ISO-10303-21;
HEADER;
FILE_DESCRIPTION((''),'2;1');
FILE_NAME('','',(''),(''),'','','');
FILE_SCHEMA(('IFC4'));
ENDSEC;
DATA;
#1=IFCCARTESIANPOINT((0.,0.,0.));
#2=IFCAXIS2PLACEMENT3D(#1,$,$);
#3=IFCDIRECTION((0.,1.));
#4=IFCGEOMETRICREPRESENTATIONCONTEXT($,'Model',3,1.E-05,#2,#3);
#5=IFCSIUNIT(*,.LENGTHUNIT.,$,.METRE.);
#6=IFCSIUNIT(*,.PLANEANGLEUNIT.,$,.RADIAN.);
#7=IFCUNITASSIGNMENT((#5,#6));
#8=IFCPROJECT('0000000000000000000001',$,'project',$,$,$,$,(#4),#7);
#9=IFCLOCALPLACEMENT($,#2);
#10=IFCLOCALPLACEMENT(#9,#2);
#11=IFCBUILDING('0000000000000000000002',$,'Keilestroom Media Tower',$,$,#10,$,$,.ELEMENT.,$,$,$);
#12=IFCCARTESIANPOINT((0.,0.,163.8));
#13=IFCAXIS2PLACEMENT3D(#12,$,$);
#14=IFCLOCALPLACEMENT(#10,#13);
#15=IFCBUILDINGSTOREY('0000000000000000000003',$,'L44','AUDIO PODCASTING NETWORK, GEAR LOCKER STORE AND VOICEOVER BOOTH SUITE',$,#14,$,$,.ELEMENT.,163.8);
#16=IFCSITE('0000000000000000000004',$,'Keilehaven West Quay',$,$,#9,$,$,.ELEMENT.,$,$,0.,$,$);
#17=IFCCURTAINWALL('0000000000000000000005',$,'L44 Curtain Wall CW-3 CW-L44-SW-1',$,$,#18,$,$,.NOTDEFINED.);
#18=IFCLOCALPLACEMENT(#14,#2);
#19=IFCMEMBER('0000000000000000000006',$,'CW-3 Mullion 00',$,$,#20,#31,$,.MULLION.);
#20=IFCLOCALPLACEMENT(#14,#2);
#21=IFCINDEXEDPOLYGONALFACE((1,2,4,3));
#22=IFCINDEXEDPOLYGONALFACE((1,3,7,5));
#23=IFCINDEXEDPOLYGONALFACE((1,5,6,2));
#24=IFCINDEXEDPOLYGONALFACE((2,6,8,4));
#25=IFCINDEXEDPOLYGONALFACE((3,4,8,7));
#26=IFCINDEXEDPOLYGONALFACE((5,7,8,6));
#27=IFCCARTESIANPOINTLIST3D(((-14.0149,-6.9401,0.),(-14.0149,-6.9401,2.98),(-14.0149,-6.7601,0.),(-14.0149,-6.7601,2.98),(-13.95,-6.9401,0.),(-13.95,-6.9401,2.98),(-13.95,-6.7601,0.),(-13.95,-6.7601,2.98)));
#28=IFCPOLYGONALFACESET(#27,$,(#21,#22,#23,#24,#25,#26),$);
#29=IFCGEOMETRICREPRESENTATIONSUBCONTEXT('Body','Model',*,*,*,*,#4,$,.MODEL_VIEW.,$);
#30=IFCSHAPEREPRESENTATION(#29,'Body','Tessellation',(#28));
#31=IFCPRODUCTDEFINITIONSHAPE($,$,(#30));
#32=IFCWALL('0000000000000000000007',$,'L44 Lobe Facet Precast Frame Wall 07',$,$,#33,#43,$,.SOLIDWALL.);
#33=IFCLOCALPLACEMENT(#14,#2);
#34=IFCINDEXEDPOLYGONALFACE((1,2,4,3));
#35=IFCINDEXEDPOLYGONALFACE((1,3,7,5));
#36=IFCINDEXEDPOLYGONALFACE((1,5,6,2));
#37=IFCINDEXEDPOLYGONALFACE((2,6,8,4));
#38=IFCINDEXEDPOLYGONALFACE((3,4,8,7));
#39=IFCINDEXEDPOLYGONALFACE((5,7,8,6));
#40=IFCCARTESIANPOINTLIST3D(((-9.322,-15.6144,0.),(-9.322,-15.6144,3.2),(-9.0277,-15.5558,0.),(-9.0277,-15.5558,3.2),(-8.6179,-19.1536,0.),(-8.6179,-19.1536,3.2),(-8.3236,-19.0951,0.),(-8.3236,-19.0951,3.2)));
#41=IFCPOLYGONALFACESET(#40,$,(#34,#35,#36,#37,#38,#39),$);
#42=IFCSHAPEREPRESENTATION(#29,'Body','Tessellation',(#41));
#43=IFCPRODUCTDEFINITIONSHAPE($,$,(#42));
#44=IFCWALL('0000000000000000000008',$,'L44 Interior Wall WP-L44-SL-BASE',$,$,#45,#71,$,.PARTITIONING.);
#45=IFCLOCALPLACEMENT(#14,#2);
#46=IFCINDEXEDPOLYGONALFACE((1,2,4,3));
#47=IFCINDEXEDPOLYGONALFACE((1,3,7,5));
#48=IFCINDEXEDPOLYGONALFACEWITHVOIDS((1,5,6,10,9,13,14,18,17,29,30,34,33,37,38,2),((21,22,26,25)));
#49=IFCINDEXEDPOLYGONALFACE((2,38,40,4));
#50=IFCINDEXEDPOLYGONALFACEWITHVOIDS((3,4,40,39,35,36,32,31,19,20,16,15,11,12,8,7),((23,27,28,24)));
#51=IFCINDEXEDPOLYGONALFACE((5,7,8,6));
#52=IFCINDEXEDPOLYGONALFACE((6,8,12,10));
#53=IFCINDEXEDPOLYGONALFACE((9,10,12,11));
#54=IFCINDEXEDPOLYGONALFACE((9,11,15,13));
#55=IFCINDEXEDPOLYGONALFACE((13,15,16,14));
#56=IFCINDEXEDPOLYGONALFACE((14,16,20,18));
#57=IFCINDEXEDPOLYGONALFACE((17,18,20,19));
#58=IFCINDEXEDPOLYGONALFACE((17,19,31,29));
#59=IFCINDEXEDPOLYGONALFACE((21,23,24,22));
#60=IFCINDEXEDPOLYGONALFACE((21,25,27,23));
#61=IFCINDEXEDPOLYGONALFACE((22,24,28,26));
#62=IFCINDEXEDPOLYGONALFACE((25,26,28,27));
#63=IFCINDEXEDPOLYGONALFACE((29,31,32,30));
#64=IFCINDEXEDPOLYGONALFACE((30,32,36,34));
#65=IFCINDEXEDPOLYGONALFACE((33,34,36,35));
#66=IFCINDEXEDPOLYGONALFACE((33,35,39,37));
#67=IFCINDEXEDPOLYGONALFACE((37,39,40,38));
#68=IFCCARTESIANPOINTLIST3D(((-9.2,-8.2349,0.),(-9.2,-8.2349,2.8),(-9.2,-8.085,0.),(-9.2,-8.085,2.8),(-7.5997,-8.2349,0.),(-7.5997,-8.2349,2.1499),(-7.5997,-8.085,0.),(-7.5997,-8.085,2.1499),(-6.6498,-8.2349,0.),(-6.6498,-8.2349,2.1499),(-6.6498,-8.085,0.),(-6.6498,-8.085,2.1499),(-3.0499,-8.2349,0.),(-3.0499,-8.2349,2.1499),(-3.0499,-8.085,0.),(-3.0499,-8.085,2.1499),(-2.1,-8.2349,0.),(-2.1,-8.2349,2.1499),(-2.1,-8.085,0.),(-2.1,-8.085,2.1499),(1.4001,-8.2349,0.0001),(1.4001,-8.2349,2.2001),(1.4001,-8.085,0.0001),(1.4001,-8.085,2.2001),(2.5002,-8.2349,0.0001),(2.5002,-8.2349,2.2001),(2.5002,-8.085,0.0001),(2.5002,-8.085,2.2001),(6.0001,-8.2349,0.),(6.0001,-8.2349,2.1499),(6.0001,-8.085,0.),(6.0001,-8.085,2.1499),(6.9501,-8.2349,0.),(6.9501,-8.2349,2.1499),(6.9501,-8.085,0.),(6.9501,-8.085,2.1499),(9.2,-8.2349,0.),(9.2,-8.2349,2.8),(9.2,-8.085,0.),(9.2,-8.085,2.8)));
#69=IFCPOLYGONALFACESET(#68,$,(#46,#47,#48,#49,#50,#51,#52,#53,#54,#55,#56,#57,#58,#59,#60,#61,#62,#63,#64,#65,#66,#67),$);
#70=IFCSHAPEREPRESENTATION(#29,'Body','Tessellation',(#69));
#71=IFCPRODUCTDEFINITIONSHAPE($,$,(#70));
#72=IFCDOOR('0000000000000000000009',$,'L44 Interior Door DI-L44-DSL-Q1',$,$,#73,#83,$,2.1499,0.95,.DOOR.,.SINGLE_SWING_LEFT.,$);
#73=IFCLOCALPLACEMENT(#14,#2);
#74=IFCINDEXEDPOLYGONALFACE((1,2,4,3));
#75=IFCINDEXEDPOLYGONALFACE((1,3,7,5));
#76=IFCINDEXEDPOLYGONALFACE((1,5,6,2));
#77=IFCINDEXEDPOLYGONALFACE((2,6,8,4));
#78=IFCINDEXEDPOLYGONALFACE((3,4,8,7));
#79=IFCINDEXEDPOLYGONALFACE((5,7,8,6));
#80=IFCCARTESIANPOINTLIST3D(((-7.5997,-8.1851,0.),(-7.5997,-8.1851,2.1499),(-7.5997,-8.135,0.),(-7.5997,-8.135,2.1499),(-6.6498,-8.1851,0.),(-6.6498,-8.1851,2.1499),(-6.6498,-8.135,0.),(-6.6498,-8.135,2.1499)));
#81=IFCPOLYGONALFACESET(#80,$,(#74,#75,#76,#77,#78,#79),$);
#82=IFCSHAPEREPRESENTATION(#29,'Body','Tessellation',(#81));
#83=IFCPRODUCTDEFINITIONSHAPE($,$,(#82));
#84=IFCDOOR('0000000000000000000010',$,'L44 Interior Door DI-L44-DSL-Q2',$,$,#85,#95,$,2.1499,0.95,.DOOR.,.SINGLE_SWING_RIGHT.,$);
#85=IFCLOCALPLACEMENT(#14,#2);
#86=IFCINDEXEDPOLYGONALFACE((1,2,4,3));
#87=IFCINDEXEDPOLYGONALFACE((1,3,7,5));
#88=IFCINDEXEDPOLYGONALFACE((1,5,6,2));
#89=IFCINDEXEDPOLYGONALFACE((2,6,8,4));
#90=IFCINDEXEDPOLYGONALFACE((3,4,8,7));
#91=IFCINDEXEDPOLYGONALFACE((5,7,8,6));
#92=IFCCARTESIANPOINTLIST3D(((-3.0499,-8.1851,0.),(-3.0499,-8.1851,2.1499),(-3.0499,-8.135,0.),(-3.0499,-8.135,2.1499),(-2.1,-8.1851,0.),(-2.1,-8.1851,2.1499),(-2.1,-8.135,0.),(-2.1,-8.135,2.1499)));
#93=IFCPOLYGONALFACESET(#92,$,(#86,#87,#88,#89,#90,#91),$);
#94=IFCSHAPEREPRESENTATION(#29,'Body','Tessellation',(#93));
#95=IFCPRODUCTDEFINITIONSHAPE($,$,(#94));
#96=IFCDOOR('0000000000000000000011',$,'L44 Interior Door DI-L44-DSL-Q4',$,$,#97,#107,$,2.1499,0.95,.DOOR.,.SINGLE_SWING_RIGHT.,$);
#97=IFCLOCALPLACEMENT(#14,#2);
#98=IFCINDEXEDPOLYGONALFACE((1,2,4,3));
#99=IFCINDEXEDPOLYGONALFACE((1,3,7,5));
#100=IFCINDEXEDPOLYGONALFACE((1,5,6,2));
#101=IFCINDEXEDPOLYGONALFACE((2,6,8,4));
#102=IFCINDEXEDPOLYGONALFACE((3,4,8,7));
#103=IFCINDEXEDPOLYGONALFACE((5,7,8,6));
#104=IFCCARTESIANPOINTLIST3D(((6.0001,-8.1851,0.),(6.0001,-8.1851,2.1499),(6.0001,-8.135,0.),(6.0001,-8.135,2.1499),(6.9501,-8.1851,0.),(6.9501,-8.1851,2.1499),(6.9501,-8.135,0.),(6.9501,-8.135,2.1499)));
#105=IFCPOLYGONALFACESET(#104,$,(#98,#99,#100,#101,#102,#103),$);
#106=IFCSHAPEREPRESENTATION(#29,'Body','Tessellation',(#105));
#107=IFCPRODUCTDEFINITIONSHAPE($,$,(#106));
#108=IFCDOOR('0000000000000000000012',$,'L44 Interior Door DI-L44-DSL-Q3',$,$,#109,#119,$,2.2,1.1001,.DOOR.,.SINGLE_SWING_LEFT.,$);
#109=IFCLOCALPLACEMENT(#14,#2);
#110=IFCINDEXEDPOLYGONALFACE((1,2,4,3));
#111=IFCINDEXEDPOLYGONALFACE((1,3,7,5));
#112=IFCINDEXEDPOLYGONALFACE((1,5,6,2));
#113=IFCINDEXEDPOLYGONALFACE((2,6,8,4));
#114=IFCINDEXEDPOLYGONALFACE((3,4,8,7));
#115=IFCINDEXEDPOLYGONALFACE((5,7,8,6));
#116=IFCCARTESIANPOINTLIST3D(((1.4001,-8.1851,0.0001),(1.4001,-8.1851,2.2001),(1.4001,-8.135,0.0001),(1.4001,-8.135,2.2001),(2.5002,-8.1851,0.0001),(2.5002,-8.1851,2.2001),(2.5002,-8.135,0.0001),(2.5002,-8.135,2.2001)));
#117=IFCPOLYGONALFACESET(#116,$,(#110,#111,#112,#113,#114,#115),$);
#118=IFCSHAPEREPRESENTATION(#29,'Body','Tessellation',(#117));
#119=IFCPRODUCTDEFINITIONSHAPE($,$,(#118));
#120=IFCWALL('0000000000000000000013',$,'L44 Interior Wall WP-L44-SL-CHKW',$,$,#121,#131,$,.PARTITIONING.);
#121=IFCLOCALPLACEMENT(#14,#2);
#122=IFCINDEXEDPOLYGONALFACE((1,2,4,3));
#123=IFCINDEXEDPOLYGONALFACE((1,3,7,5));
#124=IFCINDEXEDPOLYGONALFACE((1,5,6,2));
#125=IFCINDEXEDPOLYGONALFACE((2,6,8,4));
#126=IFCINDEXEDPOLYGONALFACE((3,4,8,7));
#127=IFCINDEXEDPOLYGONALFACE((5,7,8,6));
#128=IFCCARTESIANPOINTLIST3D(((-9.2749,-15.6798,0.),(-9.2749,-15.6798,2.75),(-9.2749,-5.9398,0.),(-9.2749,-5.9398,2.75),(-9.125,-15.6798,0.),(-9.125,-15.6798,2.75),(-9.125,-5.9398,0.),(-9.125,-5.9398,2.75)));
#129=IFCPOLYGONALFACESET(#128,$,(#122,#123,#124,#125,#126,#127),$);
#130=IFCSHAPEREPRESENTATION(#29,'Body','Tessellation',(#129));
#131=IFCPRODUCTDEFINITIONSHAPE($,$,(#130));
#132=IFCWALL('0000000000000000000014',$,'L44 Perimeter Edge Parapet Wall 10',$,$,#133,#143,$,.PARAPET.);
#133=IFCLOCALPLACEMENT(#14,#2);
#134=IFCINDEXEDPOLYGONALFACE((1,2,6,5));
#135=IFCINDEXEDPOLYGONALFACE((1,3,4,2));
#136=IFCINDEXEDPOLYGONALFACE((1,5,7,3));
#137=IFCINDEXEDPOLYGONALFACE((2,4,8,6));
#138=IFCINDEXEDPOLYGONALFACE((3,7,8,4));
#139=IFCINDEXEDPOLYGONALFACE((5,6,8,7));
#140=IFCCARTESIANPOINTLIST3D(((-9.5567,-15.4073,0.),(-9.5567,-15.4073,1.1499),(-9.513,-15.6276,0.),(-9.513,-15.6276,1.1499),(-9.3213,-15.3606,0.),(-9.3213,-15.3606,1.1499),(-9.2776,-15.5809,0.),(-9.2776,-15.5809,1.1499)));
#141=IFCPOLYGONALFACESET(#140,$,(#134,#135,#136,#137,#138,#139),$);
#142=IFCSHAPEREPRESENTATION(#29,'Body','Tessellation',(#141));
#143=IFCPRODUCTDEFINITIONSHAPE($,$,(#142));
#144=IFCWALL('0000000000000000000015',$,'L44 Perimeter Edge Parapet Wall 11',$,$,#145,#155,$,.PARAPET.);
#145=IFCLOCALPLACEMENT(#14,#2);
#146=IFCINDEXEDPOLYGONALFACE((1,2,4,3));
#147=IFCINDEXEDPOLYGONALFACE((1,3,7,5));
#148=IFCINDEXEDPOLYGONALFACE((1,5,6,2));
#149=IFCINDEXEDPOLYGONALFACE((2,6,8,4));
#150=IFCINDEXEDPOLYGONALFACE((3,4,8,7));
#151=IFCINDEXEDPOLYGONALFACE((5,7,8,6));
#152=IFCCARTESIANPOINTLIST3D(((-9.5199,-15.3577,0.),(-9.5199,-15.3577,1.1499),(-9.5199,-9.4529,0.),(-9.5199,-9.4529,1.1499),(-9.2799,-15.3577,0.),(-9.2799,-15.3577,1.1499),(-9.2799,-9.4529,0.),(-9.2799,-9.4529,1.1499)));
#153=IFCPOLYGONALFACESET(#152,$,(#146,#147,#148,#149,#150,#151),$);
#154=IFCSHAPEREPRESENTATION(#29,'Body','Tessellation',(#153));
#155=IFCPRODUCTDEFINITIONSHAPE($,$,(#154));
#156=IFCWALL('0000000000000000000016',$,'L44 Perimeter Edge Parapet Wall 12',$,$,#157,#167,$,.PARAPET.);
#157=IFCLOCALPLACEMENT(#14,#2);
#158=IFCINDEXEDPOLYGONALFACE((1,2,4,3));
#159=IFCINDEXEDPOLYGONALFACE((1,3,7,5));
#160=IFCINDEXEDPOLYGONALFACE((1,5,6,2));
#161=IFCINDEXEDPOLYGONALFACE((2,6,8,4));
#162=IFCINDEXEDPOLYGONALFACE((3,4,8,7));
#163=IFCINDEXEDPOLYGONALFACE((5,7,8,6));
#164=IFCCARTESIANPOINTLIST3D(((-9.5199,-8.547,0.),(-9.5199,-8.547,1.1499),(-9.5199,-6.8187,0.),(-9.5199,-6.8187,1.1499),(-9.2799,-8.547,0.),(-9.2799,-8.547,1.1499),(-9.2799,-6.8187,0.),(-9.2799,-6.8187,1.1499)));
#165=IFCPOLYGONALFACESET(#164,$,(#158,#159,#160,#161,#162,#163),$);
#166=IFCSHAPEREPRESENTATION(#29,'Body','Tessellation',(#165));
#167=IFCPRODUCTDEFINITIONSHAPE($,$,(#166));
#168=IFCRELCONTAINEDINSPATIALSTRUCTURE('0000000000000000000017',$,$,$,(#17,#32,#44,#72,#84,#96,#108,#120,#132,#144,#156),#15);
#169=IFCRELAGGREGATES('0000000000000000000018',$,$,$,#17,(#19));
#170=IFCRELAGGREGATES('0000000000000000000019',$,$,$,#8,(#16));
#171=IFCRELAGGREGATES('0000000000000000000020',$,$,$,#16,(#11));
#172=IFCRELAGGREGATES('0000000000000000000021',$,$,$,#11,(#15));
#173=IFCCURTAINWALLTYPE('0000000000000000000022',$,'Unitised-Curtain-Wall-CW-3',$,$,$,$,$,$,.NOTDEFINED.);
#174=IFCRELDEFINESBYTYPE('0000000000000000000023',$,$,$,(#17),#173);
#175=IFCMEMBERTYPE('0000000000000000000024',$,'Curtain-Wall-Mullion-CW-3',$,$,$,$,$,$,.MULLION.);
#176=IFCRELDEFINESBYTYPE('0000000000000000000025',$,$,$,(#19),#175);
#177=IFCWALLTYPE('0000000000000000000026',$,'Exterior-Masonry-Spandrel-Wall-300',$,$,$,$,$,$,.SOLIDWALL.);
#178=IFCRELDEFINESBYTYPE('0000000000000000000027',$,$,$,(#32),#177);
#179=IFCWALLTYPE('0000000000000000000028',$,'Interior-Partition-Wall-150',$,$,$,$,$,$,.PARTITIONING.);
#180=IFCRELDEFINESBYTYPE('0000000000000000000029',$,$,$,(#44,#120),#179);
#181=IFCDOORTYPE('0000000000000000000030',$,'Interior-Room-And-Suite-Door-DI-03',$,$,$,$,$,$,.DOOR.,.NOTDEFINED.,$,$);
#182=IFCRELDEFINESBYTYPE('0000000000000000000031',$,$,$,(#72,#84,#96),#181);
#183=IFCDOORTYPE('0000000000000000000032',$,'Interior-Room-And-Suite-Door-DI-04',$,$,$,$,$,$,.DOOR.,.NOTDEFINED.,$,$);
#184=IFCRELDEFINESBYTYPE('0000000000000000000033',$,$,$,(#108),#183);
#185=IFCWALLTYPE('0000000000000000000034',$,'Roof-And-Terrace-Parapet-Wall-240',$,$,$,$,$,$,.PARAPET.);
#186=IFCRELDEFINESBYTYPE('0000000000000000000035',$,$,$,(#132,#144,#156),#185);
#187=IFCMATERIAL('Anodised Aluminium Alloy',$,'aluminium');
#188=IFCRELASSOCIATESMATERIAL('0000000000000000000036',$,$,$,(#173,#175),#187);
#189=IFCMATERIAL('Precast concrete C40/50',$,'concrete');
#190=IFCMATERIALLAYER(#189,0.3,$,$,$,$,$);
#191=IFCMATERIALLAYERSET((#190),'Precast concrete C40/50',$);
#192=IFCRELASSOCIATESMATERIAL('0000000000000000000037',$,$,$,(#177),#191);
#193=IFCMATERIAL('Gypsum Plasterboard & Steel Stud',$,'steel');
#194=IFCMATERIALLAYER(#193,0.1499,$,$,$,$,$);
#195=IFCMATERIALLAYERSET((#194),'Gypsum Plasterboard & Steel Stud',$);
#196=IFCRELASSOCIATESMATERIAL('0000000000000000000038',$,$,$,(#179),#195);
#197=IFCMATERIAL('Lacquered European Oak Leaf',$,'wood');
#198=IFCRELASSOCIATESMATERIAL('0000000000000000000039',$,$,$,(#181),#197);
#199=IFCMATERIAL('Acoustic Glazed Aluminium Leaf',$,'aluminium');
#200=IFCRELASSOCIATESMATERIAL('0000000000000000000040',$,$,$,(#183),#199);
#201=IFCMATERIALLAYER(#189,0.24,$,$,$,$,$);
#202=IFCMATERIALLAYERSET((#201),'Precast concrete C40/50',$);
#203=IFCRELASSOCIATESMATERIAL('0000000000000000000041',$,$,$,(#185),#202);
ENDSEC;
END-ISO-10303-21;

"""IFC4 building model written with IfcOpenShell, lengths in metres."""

from ifc_helpers import new_model, si_unit, direction, frame, frame_2d, origin, origin_2d, place, context, subcontext, project, spatial, rectangle, extrude, source, transform, mapped, material, layer, layer_set, material_profile, profile_set, type_object, element, fill, aggregate, save


model = new_model("IFC4")

# Units and contexts
model_context = context("Model", 3, precision=1e-05, world=origin(), true_north=direction((0.0, 1.0)))
body_context = subcontext(model_context, "Body", "Model", "MODEL_VIEW")
ifc_project = project(units=[si_unit("LENGTHUNIT", "METRE"), si_unit("PLANEANGLEUNIT", "RADIAN")], contexts=[model_context])

# Site, building, storey
site_placement = place(None, origin())
site = spatial("IfcSite", under=ifc_project, at=site_placement, Name="Keilehaven West Quay", CompositionType="ELEMENT", RefElevation=0.0)
building_placement = place(site_placement, origin())
building = spatial("IfcBuilding", under=site, at=building_placement, Name="Keilestroom Media Tower", CompositionType="ELEMENT")
storey_placement = place(building_placement, frame((0.0, 0.0, 163.8)))
storey = spatial("IfcBuildingStorey", under=building, at=storey_placement, Name="L44", Description="AUDIO PODCASTING NETWORK, GEAR LOCKER STORE AND VOICEOVER BOOTH SUITE", CompositionType="ELEMENT", Elevation=163.8)

# Shared definitions
ifc_material_1 = material(Name="Precast concrete C40/50", Category="concrete")

# Curtain wall, member
ifc_material_2 = material(Name="Anodised Aluminium Alloy", Category="aluminium")
curtain_wall_type = type_object("IfcCurtainWallType", Name="Unitised-Curtain-Wall-CW-3", PredefinedType="NOTDEFINED", material=ifc_material_2)
curtain_wall_placement = place(storey_placement, origin())
curtain_wall = element("IfcCurtainWall", 1, at=curtain_wall_placement, inside=storey, type_object=curtain_wall_type, Name="L44 Curtain Wall CW-3 CW-L44-SW-1", PredefinedType="NOTDEFINED")
ifc_material_profile_1 = material_profile(ifc_material_2, rectangle(XDim=0.0649, YDim=0.1799, at=origin_2d()), Name="ALU MULLION 65x180")
ifc_profile_set_1 = profile_set([ifc_material_profile_1], Name="Anodised Aluminium Alloy")
member_type = type_object("IfcMemberType", Name="Curtain-Wall-Mullion-CW-3", PredefinedType="MULLION", material=ifc_profile_set_1)
shared_shape_1 = source(origin(), body_context, "Body", "SweptSolid", [
    extrude(rectangle(XDim=0.0649, YDim=0.1799, at=origin_2d()), origin(), (0.0, 0.0, 1.0), 2.98),
])
member_placement = place(storey_placement, frame((-13.9824, -6.8501, 0.0), z_axis=(0.0, 0.0, 1.0), x_axis=(1.0, 0.0, 0.0)))
member = element("IfcMember", 2, at=member_placement, type_object=member_type, Name="CW-3 Mullion 00", PredefinedType="MULLION", context=body_context, shape_type="MappedRepresentation", body=[
    mapped(shared_shape_1, transform((0.0, 0.0, 0.0), x_axis=(1.0, 0.0, 0.0), y_axis=(0.0, 1.0, 0.0), z_axis=(0.0, 0.0, 1.0), scale=1.0)),
])
aggregate(curtain_wall, [member])

# Wall
ifc_layer_1 = layer(ifc_material_1, 0.3)
ifc_layer_set_1 = layer_set([ifc_layer_1], Name="Precast concrete C40/50")
wall_type_1 = type_object("IfcWallType", Name="Exterior-Masonry-Spandrel-Wall-300", PredefinedType="SOLIDWALL", material=ifc_layer_set_1)
wall_1_placement = place(storey_placement, frame((-9.1748, -15.5852, 0.0), z_axis=(0.0, 0.0, 1.0), x_axis=(0.195114, -0.980781, 0.0)))
element("IfcWall", 3, at=wall_1_placement, inside=storey, type_object=wall_type_1, Name="L44 Lobe Facet Precast Frame Wall 07", PredefinedType="SOLIDWALL", context=body_context, shape_type="SweptSolid", body=[
    extrude(rectangle(XDim=3.6086, YDim=0.3, at=frame_2d((1.8042, 0.0))), origin(), (0.0, 0.0, 1.0), 3.2),
])

# Wall, openings, doors
ifc_material_3 = material(Name="Gypsum Plasterboard & Steel Stud", Category="steel")
ifc_layer_2 = layer(ifc_material_3, 0.1499)
ifc_layer_set_2 = layer_set([ifc_layer_2], Name="Gypsum Plasterboard & Steel Stud")
wall_type_2 = type_object("IfcWallType", Name="Interior-Partition-Wall-150", PredefinedType="PARTITIONING", material=ifc_layer_set_2)
wall_2_placement = place(storey_placement, frame((-9.2, -8.1599, 0.0), z_axis=(0.0, 0.0, 1.0), x_axis=(1.0, 0.0, 0.0)))
wall_2 = element("IfcWall", 4, at=wall_2_placement, inside=storey, type_object=wall_type_2, Name="L44 Interior Wall WP-L44-SL-BASE", PredefinedType="PARTITIONING", context=body_context, shape_type="SweptSolid", body=[
    extrude(rectangle(XDim=18.3999, YDim=0.1499, at=frame_2d((9.2, 0.0))), origin(), (0.0, 0.0, 1.0), 2.8),
])
opening_1_placement = place(wall_2_placement, frame((1.6001, 0.0, 0.0)))
opening_1 = element("IfcOpeningElement", 5, at=opening_1_placement, cuts=wall_2, PredefinedType="OPENING", context=body_context, shape_type="SweptSolid", body=[
    extrude(rectangle(XDim=0.95, YDim=2.1499, at=frame_2d((0.4751, 1.075))), frame((0.0, 0.085, 0.0), z_axis=(0.0, -1.0, 0.0), x_axis=(1.0, 0.0, 0.0)), (0.0, 0.0, 1.0), 0.1699),
])
opening_2_placement = place(wall_2_placement, frame((6.1499, 0.0, 0.0)))
opening_2 = element("IfcOpeningElement", 6, at=opening_2_placement, cuts=wall_2, PredefinedType="OPENING", context=body_context, shape_type="SweptSolid", body=[
    extrude(rectangle(XDim=0.95, YDim=2.1499, at=frame_2d((0.4751, 1.075))), frame((0.0, 0.085, 0.0), z_axis=(0.0, -1.0, 0.0), x_axis=(1.0, 0.0, 0.0)), (0.0, 0.0, 1.0), 0.1699),
])
opening_3_placement = place(wall_2_placement, frame((10.6001, 0.0, 0.0)))
opening_3 = element("IfcOpeningElement", 7, at=opening_3_placement, cuts=wall_2, PredefinedType="OPENING", context=body_context, shape_type="SweptSolid", body=[
    extrude(rectangle(XDim=1.1001, YDim=2.2, at=frame_2d((0.55, 1.1001))), frame((0.0, 0.085, 0.0), z_axis=(0.0, -1.0, 0.0), x_axis=(1.0, 0.0, 0.0)), (0.0, 0.0, 1.0), 0.1699),
])
opening_4_placement = place(wall_2_placement, frame((15.2, 0.0, 0.0)))
opening_4 = element("IfcOpeningElement", 8, at=opening_4_placement, cuts=wall_2, PredefinedType="OPENING", context=body_context, shape_type="SweptSolid", body=[
    extrude(rectangle(XDim=0.95, YDim=2.1499, at=frame_2d((0.4751, 1.075))), frame((0.0, 0.085, 0.0), z_axis=(0.0, -1.0, 0.0), x_axis=(1.0, 0.0, 0.0)), (0.0, 0.0, 1.0), 0.1699),
])
ifc_material_4 = material(Name="Lacquered European Oak Leaf", Category="wood")
door_type_1 = type_object("IfcDoorType", Name="Interior-Room-And-Suite-Door-DI-03", OperationType="NOTDEFINED", PredefinedType="DOOR", material=ifc_material_4)
shared_shape_2 = source(origin(), body_context, "Body", "SweptSolid", [
    extrude(rectangle(XDim=0.95, YDim=2.1499, at=frame_2d((0.4751, 1.075))), frame((0.0, 0.0249, 0.0), z_axis=(0.0, -1.0, 0.0), x_axis=(1.0, 0.0, 0.0)), (0.0, 0.0, 1.0), 0.05),
])
door_1_placement = place(opening_1_placement, origin())
door_1 = element("IfcDoor", 9, at=door_1_placement, inside=storey, type_object=door_type_1, Name="L44 Interior Door DI-L44-DSL-Q1", OperationType="SINGLE_SWING_LEFT", OverallHeight=2.1499, OverallWidth=0.95, PredefinedType="DOOR", context=body_context, shape_type="MappedRepresentation", body=[
    mapped(shared_shape_2, transform((0.0, 0.0, 0.0), x_axis=(1.0, 0.0, 0.0), y_axis=(0.0, 1.0, 0.0), z_axis=(0.0, 0.0, 1.0), scale=1.0)),
])
fill(opening_1, door_1)
door_2_placement = place(opening_2_placement, origin())
door_2 = element("IfcDoor", 10, at=door_2_placement, inside=storey, type_object=door_type_1, Name="L44 Interior Door DI-L44-DSL-Q2", OperationType="SINGLE_SWING_RIGHT", OverallHeight=2.1499, OverallWidth=0.95, PredefinedType="DOOR", context=body_context, shape_type="MappedRepresentation", body=[
    mapped(shared_shape_2, transform((0.0, 0.0, 0.0), x_axis=(1.0, 0.0, 0.0), y_axis=(0.0, 1.0, 0.0), z_axis=(0.0, 0.0, 1.0), scale=1.0)),
])
fill(opening_2, door_2)
door_3_placement = place(opening_4_placement, origin())
door_3 = element("IfcDoor", 11, at=door_3_placement, inside=storey, type_object=door_type_1, Name="L44 Interior Door DI-L44-DSL-Q4", OperationType="SINGLE_SWING_RIGHT", OverallHeight=2.1499, OverallWidth=0.95, PredefinedType="DOOR", context=body_context, shape_type="MappedRepresentation", body=[
    mapped(shared_shape_2, transform((0.0, 0.0, 0.0), x_axis=(1.0, 0.0, 0.0), y_axis=(0.0, 1.0, 0.0), z_axis=(0.0, 0.0, 1.0), scale=1.0)),
])
fill(opening_4, door_3)
ifc_material_5 = material(Name="Acoustic Glazed Aluminium Leaf", Category="aluminium")
door_type_2 = type_object("IfcDoorType", Name="Interior-Room-And-Suite-Door-DI-04", OperationType="NOTDEFINED", PredefinedType="DOOR", material=ifc_material_5)
shared_shape_3 = source(origin(), body_context, "Body", "SweptSolid", [
    extrude(rectangle(XDim=1.1001, YDim=2.2, at=frame_2d((0.55, 1.1001))), frame((0.0, 0.0249, 0.0), z_axis=(0.0, -1.0, 0.0), x_axis=(1.0, 0.0, 0.0)), (0.0, 0.0, 1.0), 0.05),
])
door_4_placement = place(opening_3_placement, origin())
door_4 = element("IfcDoor", 12, at=door_4_placement, inside=storey, type_object=door_type_2, Name="L44 Interior Door DI-L44-DSL-Q3", OperationType="SINGLE_SWING_LEFT", OverallHeight=2.2, OverallWidth=1.1001, PredefinedType="DOOR", context=body_context, shape_type="MappedRepresentation", body=[
    mapped(shared_shape_3, transform((0.0, 0.0, 0.0), x_axis=(1.0, 0.0, 0.0), y_axis=(0.0, 1.0, 0.0), z_axis=(0.0, 0.0, 1.0), scale=1.0)),
])
fill(opening_3, door_4)

# Walls
wall_3_placement = place(storey_placement, frame((-9.2, -15.6799, 0.0), z_axis=(0.0, 0.0, 1.0), x_axis=(0.0, 1.0, 0.0)))
element("IfcWall", 13, at=wall_3_placement, inside=storey, type_object=wall_type_2, Name="L44 Interior Wall WP-L44-SL-CHKW", PredefinedType="PARTITIONING", context=body_context, shape_type="SweptSolid", body=[
    extrude(rectangle(XDim=9.74, YDim=0.1499, at=frame_2d((4.8701, 0.0))), origin(), (0.0, 0.0, 1.0), 2.75),
])
ifc_layer_3 = layer(ifc_material_1, 0.24)
ifc_layer_set_3 = layer_set([ifc_layer_3], Name="Precast concrete C40/50")
wall_type_3 = type_object("IfcWallType", Name="Roof-And-Terrace-Parapet-Wall-240", PredefinedType="PARAPET", material=ifc_layer_set_3)
wall_4_placement = place(storey_placement, frame((-9.3953, -15.6042, 0.0), z_axis=(0.0, 0.0, 1.0), x_axis=(-0.194652, 0.980872, 0.0)))
element("IfcWall", 14, at=wall_4_placement, inside=storey, type_object=wall_type_3, Name="L44 Perimeter Edge Parapet Wall 10", PredefinedType="PARAPET", context=body_context, shape_type="SweptSolid", body=[
    extrude(rectangle(XDim=0.2246, YDim=0.24, at=frame_2d((0.1123, 0.0))), origin(), (0.0, 0.0, 1.0), 1.1499),
])
wall_5_placement = place(storey_placement, frame((-9.3999, -15.3577, 0.0), z_axis=(0.0, 0.0, 1.0), x_axis=(0.0, 1.0, 0.0)))
element("IfcWall", 15, at=wall_5_placement, inside=storey, type_object=wall_type_3, Name="L44 Perimeter Edge Parapet Wall 11", PredefinedType="PARAPET", context=body_context, shape_type="SweptSolid", body=[
    extrude(rectangle(XDim=5.9048, YDim=0.24, at=frame_2d((2.9524, 0.0))), origin(), (0.0, 0.0, 1.0), 1.1499),
])
wall_6_placement = place(storey_placement, frame((-9.3999, -8.5471, 0.0), z_axis=(0.0, 0.0, 1.0), x_axis=(0.0, 1.0, 0.0)))
element("IfcWall", 16, at=wall_6_placement, inside=storey, type_object=wall_type_3, Name="L44 Perimeter Edge Parapet Wall 12", PredefinedType="PARAPET", context=body_context, shape_type="SweptSolid", body=[
    extrude(rectangle(XDim=1.7283, YDim=0.24, at=frame_2d((0.8643, 0.0))), origin(), (0.0, 0.0, 1.0), 1.1499),
])

save(model, "model.ifc")
